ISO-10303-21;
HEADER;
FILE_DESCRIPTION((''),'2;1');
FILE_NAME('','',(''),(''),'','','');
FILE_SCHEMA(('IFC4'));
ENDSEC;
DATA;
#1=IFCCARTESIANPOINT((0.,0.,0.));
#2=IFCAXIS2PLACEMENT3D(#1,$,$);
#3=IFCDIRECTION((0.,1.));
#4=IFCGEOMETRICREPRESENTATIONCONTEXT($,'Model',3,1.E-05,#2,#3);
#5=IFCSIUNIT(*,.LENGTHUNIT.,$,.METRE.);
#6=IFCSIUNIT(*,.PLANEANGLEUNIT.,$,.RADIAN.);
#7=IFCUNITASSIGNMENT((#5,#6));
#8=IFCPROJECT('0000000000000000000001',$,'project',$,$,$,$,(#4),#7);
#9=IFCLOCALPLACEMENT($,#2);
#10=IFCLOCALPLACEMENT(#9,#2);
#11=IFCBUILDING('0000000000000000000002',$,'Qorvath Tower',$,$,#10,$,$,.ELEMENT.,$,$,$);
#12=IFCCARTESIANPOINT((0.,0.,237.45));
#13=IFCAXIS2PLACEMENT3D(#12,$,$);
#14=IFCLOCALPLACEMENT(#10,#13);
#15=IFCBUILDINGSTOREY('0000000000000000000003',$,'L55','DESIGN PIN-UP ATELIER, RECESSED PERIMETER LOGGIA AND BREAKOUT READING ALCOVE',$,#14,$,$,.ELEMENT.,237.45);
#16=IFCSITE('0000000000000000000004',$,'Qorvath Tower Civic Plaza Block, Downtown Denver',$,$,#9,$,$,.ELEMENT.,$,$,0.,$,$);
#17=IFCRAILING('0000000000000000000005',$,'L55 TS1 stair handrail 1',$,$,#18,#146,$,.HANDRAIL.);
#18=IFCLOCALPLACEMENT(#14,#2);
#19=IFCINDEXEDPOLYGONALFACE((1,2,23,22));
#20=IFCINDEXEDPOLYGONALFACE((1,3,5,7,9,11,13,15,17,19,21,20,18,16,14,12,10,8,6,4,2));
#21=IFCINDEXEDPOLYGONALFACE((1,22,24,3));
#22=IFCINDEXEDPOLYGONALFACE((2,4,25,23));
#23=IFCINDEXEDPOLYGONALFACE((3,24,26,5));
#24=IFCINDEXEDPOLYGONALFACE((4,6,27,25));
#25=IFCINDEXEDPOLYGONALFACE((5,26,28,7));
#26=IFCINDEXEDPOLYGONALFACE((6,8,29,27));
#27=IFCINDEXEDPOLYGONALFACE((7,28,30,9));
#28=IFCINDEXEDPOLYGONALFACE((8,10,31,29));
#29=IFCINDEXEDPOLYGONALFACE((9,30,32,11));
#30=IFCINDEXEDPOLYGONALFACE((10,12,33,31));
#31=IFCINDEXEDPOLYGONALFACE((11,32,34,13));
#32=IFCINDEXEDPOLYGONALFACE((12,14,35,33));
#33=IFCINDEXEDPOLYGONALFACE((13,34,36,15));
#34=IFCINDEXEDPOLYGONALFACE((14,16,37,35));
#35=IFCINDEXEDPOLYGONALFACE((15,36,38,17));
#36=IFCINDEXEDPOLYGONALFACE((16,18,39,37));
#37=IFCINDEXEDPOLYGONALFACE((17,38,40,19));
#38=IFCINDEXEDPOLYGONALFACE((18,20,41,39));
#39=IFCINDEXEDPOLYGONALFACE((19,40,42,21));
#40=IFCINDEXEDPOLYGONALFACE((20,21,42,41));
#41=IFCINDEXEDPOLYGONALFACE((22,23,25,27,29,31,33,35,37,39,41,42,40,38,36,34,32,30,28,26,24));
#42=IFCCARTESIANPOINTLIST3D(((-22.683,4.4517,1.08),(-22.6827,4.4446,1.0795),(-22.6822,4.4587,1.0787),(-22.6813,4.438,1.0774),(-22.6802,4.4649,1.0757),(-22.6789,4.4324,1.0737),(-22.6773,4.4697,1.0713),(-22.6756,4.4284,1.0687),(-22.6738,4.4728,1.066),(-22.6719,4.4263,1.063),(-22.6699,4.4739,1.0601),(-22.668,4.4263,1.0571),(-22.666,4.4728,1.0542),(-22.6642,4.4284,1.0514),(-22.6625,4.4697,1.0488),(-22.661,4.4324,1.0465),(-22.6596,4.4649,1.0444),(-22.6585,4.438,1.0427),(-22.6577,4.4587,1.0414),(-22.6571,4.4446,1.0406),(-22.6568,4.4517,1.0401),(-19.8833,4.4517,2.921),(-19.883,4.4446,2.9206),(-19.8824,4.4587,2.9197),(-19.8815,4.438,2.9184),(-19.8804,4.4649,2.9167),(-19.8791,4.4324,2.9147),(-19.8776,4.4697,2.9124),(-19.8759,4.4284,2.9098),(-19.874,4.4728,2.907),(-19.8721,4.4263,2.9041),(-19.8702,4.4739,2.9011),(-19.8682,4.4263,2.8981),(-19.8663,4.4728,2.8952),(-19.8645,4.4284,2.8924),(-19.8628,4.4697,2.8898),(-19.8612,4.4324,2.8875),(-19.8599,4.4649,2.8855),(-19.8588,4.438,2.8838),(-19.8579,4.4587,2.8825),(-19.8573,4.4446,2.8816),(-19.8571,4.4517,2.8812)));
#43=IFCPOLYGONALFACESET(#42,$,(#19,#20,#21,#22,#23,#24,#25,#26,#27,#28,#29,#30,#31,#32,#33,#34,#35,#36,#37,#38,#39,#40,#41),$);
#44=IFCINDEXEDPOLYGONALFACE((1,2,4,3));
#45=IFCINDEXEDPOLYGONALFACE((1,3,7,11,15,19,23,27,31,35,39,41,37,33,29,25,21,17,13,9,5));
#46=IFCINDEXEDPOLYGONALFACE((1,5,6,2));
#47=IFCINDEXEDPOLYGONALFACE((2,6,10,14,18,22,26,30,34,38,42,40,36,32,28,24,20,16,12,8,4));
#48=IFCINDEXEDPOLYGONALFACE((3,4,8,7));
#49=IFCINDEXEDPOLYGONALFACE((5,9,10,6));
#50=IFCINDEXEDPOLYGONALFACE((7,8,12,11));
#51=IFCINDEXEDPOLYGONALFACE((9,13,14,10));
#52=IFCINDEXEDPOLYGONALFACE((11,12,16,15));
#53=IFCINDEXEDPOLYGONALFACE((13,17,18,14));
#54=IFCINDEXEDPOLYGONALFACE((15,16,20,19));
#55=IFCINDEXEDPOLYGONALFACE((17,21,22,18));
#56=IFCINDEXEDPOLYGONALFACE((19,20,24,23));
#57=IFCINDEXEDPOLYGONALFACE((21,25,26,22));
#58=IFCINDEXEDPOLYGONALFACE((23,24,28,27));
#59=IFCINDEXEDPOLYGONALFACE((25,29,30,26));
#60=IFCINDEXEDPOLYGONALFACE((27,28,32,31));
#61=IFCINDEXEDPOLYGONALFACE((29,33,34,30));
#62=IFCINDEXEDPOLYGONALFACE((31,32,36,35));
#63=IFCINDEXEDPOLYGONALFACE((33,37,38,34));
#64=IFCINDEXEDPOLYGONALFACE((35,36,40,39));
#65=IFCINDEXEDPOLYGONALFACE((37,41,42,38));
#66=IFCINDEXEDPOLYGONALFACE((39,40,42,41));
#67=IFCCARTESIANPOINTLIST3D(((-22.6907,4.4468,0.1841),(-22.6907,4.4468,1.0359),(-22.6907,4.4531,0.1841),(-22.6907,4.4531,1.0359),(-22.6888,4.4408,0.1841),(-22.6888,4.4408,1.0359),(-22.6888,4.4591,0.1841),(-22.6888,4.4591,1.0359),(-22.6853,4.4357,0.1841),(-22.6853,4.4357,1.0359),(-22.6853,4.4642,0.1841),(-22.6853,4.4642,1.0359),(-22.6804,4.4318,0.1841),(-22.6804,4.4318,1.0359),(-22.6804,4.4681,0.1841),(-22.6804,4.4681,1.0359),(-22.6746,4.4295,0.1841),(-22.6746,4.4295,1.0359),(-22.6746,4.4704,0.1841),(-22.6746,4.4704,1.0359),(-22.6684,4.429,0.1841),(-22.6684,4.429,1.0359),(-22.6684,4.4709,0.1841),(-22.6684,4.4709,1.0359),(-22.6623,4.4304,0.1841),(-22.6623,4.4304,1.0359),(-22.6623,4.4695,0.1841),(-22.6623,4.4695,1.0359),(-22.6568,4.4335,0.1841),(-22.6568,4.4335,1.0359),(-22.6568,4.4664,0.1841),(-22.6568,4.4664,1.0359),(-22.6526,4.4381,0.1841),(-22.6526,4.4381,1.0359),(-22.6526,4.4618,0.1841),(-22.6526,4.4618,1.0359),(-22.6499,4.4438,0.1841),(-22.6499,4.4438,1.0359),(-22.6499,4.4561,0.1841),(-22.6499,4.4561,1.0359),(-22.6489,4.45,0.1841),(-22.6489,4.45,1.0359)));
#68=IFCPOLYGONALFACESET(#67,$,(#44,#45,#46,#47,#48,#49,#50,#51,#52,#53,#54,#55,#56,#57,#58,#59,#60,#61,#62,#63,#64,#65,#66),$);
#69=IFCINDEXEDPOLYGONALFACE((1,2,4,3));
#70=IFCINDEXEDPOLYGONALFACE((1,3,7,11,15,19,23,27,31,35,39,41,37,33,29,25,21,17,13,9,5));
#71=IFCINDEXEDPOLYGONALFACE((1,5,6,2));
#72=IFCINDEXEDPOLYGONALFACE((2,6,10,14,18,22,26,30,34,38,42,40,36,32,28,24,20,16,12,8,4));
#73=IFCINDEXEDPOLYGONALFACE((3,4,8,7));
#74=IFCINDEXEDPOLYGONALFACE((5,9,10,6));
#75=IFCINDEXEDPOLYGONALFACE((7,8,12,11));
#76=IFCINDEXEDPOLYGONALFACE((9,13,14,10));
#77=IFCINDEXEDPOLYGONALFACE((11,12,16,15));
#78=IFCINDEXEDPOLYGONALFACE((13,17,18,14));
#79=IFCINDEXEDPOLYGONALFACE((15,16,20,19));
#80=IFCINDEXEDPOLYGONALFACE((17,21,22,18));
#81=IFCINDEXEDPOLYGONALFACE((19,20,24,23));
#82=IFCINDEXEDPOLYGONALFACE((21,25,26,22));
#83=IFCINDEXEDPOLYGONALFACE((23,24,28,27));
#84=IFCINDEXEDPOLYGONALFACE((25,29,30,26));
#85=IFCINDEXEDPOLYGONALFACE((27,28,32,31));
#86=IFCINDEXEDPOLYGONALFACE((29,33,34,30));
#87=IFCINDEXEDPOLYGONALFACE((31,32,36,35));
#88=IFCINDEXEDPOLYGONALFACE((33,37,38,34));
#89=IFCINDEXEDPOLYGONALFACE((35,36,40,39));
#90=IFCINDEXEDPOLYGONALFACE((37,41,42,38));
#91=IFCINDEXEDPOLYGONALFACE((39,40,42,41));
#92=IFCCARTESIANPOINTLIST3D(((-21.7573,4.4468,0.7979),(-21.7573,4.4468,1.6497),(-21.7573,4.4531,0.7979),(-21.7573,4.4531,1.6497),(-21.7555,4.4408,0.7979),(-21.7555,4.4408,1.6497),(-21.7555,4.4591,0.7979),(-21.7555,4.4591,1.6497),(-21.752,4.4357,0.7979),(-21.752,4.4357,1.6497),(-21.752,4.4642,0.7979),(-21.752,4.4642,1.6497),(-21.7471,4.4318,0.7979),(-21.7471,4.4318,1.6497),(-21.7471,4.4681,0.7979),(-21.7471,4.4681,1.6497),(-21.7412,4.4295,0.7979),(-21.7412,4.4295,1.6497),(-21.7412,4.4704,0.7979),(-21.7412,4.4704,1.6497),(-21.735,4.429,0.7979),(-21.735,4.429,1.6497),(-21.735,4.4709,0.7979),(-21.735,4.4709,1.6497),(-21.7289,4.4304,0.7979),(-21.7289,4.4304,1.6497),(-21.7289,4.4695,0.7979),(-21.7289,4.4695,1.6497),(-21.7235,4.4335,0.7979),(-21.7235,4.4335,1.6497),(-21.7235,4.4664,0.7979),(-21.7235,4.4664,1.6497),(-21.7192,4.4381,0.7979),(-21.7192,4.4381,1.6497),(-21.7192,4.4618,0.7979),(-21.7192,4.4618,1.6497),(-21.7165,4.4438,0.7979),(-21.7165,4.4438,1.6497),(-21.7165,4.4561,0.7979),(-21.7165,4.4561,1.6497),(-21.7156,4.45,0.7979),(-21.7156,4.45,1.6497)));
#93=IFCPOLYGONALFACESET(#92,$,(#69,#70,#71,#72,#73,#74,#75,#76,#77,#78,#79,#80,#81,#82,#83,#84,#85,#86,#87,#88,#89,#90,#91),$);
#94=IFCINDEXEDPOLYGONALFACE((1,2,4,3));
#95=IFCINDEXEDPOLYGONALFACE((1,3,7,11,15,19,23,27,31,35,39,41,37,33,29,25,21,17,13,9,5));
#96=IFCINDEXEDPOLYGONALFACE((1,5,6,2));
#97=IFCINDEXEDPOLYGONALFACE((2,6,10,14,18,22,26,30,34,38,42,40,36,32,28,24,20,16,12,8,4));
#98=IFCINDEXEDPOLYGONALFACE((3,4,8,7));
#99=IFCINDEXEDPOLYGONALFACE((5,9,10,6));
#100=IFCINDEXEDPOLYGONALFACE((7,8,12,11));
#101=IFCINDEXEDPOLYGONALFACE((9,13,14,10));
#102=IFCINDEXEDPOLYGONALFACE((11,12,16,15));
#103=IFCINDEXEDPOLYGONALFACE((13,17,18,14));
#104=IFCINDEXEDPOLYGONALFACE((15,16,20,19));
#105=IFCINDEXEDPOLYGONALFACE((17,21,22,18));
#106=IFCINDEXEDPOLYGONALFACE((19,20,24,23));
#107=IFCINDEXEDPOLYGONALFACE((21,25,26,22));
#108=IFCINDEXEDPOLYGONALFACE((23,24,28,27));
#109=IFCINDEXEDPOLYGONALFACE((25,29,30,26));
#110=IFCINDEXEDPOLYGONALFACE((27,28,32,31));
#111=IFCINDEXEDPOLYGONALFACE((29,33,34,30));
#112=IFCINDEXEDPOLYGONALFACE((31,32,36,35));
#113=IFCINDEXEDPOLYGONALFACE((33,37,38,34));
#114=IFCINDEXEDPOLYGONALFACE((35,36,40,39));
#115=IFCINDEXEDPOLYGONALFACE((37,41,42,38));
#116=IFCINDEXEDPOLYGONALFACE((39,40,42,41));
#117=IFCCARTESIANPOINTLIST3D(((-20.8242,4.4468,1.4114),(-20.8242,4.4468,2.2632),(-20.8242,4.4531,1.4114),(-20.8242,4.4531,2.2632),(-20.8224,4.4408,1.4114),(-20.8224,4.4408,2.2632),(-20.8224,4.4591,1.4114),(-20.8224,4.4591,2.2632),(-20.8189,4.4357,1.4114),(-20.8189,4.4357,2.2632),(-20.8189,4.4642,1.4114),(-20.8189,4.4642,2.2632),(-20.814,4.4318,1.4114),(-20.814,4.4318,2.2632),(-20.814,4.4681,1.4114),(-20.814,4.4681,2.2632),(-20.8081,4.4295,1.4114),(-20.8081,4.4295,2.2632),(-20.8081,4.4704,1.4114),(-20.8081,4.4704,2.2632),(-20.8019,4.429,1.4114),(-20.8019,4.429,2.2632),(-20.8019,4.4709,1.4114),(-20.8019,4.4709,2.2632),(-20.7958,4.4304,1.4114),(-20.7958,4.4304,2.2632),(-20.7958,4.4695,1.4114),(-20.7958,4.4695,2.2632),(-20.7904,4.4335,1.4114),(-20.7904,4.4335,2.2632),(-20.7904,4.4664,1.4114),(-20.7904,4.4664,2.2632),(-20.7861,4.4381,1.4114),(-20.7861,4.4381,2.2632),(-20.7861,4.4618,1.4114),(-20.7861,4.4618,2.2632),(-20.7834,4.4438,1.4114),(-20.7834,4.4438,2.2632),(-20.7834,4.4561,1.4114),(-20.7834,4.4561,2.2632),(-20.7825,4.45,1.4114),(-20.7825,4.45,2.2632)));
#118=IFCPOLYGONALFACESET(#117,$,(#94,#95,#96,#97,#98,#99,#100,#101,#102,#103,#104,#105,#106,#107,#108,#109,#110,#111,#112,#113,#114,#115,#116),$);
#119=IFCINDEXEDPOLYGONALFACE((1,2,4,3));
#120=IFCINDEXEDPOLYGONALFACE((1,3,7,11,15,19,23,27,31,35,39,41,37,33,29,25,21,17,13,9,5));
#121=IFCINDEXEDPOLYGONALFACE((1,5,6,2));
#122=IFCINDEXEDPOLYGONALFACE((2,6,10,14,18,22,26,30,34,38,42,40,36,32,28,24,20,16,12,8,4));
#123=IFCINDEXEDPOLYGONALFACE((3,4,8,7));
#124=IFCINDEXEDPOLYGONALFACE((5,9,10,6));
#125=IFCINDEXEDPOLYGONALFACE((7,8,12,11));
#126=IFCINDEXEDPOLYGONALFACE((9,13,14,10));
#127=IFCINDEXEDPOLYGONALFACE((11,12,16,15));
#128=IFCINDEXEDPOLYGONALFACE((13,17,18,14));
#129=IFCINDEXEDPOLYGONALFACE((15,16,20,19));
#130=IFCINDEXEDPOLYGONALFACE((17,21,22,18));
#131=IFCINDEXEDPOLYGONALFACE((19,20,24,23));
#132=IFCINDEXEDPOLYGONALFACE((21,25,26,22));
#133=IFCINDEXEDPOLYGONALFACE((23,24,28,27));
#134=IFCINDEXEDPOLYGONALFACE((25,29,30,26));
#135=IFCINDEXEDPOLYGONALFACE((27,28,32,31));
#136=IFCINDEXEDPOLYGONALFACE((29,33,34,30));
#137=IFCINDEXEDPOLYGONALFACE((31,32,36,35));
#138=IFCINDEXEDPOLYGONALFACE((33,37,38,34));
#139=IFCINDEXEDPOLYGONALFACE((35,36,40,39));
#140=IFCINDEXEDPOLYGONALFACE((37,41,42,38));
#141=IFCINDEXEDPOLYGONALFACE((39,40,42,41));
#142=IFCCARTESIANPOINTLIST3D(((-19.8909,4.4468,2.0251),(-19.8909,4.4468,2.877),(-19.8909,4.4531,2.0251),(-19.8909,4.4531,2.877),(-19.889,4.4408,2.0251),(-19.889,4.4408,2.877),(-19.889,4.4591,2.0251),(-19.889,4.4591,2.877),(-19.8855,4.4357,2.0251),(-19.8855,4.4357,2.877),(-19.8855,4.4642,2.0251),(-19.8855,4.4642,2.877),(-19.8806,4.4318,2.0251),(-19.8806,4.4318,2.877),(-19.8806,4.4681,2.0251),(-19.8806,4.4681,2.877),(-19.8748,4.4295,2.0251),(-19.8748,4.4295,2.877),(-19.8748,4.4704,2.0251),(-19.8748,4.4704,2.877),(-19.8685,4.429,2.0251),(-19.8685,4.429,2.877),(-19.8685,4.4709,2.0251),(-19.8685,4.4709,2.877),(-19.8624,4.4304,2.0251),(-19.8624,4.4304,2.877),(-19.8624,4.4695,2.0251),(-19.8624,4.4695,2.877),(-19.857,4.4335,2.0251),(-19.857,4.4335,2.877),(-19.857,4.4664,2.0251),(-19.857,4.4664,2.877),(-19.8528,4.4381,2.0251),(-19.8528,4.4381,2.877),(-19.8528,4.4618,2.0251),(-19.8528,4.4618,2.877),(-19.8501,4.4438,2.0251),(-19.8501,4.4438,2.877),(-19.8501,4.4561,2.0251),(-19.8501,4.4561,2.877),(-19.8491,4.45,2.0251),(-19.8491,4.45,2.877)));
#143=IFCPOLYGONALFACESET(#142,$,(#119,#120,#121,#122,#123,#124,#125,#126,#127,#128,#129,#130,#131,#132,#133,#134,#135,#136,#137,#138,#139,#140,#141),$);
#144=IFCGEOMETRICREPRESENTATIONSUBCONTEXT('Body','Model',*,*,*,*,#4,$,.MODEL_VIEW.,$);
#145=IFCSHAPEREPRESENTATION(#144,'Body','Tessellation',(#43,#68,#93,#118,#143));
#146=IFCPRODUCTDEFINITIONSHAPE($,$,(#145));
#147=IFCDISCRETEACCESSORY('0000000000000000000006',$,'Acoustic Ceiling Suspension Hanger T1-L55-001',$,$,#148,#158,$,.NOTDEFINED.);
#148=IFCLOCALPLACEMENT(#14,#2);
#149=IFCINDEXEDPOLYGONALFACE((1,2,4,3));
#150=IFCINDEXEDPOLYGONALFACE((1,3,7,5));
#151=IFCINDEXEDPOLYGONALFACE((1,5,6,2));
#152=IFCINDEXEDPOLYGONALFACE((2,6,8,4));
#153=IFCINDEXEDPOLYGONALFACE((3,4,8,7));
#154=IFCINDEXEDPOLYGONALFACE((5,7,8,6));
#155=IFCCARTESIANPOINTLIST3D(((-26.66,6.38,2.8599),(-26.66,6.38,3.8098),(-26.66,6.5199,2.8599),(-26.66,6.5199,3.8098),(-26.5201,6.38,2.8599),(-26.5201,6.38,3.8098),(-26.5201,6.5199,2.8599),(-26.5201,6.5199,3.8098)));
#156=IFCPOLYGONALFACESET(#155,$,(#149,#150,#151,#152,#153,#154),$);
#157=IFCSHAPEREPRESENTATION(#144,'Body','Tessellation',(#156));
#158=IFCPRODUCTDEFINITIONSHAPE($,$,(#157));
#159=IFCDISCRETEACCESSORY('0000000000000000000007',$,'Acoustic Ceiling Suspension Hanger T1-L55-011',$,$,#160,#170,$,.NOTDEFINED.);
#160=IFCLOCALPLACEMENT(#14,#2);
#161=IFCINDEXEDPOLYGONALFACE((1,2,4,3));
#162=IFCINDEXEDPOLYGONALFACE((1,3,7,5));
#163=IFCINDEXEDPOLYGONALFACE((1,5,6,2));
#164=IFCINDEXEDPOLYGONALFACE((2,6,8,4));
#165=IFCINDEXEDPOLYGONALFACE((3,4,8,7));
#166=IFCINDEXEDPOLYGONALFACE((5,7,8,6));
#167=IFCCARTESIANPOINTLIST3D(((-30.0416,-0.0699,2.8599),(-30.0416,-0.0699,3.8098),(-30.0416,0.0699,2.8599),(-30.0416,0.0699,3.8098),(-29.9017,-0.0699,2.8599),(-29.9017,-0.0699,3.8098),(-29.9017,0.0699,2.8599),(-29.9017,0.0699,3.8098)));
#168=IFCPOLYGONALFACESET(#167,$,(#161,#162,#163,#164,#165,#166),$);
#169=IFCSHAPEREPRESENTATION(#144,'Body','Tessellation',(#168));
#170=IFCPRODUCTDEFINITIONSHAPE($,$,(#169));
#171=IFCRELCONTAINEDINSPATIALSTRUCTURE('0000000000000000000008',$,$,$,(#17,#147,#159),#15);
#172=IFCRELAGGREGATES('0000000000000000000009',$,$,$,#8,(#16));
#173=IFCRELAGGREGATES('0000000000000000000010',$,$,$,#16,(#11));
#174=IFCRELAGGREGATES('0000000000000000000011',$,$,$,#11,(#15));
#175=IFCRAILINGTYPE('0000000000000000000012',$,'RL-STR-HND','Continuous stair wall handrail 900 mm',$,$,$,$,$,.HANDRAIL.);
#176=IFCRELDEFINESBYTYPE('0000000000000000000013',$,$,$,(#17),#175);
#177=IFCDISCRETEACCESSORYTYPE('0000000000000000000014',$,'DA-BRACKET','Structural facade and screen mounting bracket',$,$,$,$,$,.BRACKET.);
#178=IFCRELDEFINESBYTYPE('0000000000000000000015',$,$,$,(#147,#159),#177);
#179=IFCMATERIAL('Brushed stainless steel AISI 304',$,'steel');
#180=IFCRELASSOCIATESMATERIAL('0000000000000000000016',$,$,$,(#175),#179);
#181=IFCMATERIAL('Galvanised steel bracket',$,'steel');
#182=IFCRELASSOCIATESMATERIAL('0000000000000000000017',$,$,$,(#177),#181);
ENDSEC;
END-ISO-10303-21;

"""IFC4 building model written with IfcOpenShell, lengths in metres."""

from ifc_helpers import new_model, si_unit, direction, frame, origin, origin_2d, place, context, subcontext, project, spatial, rectangle, circle, extrude, material, type_object, element, save


model = new_model("IFC4")

# Units and contexts
model_context = context("Model", 3, precision=1e-05, world=origin(), true_north=direction((0.0, 1.0)))
body_context = subcontext(model_context, "Body", "Model", "MODEL_VIEW")
ifc_project = project(units=[si_unit("LENGTHUNIT", "METRE"), si_unit("PLANEANGLEUNIT", "RADIAN")], contexts=[model_context])

# Site, building, storey
site_placement = place(None, origin())
site = spatial("IfcSite", under=ifc_project, at=site_placement, Name="Qorvath Tower Civic Plaza Block, Downtown Denver", CompositionType="ELEMENT", RefElevation=0.0)
building_placement = place(site_placement, origin())
building = spatial("IfcBuilding", under=site, at=building_placement, Name="Qorvath Tower", CompositionType="ELEMENT")
storey_placement = place(building_placement, frame((0.0, 0.0, 237.45)))
storey = spatial("IfcBuildingStorey", under=building, at=storey_placement, Name="L55", Description="DESIGN PIN-UP ATELIER, RECESSED PERIMETER LOGGIA AND BREAKOUT READING ALCOVE", CompositionType="ELEMENT", Elevation=237.45)

# Railing
ifc_material_1 = material(Name="Brushed stainless steel AISI 304", Category="steel")
railing_type_1 = type_object("IfcRailingType", Name="RL-STR-HND", Description="Continuous stair wall handrail 900 mm", PredefinedType="HANDRAIL", material=ifc_material_1)
railing_1_placement = place(storey_placement, frame((-22.6699, 4.45, 0.1841)))
element("IfcRailing", 1, at=railing_1_placement, inside=storey, type_object=railing_type_1, Name="L55 TS1 stair handrail 1", PredefinedType="HANDRAIL", context=body_context, shape_type="SweptSolid", body=[
    extrude(circle(Radius=0.0239, at=origin_2d()), frame((0.0, 0.0, 0.876), z_axis=(0.835542, 0.0, 0.549426), x_axis=(0.0, 1.0, 0.0)), (0.0, 0.0, 1.0), 3.3508),
    extrude(circle(Radius=0.021, at=origin_2d()), origin(), (0.0, 0.0, 1.0), 0.8518),
    extrude(circle(Radius=0.021, at=origin_2d()), frame((0.9333, 0.0, 0.6138)), (0.0, 0.0, 1.0), 0.8518),
    extrude(circle(Radius=0.021, at=origin_2d()), frame((1.8665, 0.0, 1.2273)), (0.0, 0.0, 1.0), 0.8518),
    extrude(circle(Radius=0.021, at=origin_2d()), frame((2.7998, 0.0, 1.8411)), (0.0, 0.0, 1.0), 0.8518),
])

# Discrete accessories
ifc_material_2 = material(Name="Galvanised steel bracket", Category="steel")
discrete_accessory_type = type_object("IfcDiscreteAccessoryType", Name="DA-BRACKET", Description="Structural facade and screen mounting bracket", PredefinedType="BRACKET", material=ifc_material_2)
for number, where, z_axis, x_axis, name in (
    (2, (-26.5901, 6.45, 2.8599), (0.0, 0.0, 1.0), (1.0, 0.0, 0.0), "Acoustic Ceiling Suspension Hanger T1-L55-001"),
    (3, (-29.9717, 0.0, 2.8599), (0.0, 0.0, 1.0), (1.0, 0.0, 0.0), "Acoustic Ceiling Suspension Hanger T1-L55-011"),
):
    element("IfcDiscreteAccessory", number, at=place(storey_placement, frame(where, z_axis=z_axis, x_axis=x_axis)), inside=storey, type_object=discrete_accessory_type, Name=name, PredefinedType="NOTDEFINED", context=body_context, shape_type="SweptSolid", body=[
        extrude(rectangle(XDim=0.1399, YDim=0.1399, at=origin_2d()), origin(), (0.0, 0.0, 1.0), 0.95),
    ])

save(model, "model.ifc")
